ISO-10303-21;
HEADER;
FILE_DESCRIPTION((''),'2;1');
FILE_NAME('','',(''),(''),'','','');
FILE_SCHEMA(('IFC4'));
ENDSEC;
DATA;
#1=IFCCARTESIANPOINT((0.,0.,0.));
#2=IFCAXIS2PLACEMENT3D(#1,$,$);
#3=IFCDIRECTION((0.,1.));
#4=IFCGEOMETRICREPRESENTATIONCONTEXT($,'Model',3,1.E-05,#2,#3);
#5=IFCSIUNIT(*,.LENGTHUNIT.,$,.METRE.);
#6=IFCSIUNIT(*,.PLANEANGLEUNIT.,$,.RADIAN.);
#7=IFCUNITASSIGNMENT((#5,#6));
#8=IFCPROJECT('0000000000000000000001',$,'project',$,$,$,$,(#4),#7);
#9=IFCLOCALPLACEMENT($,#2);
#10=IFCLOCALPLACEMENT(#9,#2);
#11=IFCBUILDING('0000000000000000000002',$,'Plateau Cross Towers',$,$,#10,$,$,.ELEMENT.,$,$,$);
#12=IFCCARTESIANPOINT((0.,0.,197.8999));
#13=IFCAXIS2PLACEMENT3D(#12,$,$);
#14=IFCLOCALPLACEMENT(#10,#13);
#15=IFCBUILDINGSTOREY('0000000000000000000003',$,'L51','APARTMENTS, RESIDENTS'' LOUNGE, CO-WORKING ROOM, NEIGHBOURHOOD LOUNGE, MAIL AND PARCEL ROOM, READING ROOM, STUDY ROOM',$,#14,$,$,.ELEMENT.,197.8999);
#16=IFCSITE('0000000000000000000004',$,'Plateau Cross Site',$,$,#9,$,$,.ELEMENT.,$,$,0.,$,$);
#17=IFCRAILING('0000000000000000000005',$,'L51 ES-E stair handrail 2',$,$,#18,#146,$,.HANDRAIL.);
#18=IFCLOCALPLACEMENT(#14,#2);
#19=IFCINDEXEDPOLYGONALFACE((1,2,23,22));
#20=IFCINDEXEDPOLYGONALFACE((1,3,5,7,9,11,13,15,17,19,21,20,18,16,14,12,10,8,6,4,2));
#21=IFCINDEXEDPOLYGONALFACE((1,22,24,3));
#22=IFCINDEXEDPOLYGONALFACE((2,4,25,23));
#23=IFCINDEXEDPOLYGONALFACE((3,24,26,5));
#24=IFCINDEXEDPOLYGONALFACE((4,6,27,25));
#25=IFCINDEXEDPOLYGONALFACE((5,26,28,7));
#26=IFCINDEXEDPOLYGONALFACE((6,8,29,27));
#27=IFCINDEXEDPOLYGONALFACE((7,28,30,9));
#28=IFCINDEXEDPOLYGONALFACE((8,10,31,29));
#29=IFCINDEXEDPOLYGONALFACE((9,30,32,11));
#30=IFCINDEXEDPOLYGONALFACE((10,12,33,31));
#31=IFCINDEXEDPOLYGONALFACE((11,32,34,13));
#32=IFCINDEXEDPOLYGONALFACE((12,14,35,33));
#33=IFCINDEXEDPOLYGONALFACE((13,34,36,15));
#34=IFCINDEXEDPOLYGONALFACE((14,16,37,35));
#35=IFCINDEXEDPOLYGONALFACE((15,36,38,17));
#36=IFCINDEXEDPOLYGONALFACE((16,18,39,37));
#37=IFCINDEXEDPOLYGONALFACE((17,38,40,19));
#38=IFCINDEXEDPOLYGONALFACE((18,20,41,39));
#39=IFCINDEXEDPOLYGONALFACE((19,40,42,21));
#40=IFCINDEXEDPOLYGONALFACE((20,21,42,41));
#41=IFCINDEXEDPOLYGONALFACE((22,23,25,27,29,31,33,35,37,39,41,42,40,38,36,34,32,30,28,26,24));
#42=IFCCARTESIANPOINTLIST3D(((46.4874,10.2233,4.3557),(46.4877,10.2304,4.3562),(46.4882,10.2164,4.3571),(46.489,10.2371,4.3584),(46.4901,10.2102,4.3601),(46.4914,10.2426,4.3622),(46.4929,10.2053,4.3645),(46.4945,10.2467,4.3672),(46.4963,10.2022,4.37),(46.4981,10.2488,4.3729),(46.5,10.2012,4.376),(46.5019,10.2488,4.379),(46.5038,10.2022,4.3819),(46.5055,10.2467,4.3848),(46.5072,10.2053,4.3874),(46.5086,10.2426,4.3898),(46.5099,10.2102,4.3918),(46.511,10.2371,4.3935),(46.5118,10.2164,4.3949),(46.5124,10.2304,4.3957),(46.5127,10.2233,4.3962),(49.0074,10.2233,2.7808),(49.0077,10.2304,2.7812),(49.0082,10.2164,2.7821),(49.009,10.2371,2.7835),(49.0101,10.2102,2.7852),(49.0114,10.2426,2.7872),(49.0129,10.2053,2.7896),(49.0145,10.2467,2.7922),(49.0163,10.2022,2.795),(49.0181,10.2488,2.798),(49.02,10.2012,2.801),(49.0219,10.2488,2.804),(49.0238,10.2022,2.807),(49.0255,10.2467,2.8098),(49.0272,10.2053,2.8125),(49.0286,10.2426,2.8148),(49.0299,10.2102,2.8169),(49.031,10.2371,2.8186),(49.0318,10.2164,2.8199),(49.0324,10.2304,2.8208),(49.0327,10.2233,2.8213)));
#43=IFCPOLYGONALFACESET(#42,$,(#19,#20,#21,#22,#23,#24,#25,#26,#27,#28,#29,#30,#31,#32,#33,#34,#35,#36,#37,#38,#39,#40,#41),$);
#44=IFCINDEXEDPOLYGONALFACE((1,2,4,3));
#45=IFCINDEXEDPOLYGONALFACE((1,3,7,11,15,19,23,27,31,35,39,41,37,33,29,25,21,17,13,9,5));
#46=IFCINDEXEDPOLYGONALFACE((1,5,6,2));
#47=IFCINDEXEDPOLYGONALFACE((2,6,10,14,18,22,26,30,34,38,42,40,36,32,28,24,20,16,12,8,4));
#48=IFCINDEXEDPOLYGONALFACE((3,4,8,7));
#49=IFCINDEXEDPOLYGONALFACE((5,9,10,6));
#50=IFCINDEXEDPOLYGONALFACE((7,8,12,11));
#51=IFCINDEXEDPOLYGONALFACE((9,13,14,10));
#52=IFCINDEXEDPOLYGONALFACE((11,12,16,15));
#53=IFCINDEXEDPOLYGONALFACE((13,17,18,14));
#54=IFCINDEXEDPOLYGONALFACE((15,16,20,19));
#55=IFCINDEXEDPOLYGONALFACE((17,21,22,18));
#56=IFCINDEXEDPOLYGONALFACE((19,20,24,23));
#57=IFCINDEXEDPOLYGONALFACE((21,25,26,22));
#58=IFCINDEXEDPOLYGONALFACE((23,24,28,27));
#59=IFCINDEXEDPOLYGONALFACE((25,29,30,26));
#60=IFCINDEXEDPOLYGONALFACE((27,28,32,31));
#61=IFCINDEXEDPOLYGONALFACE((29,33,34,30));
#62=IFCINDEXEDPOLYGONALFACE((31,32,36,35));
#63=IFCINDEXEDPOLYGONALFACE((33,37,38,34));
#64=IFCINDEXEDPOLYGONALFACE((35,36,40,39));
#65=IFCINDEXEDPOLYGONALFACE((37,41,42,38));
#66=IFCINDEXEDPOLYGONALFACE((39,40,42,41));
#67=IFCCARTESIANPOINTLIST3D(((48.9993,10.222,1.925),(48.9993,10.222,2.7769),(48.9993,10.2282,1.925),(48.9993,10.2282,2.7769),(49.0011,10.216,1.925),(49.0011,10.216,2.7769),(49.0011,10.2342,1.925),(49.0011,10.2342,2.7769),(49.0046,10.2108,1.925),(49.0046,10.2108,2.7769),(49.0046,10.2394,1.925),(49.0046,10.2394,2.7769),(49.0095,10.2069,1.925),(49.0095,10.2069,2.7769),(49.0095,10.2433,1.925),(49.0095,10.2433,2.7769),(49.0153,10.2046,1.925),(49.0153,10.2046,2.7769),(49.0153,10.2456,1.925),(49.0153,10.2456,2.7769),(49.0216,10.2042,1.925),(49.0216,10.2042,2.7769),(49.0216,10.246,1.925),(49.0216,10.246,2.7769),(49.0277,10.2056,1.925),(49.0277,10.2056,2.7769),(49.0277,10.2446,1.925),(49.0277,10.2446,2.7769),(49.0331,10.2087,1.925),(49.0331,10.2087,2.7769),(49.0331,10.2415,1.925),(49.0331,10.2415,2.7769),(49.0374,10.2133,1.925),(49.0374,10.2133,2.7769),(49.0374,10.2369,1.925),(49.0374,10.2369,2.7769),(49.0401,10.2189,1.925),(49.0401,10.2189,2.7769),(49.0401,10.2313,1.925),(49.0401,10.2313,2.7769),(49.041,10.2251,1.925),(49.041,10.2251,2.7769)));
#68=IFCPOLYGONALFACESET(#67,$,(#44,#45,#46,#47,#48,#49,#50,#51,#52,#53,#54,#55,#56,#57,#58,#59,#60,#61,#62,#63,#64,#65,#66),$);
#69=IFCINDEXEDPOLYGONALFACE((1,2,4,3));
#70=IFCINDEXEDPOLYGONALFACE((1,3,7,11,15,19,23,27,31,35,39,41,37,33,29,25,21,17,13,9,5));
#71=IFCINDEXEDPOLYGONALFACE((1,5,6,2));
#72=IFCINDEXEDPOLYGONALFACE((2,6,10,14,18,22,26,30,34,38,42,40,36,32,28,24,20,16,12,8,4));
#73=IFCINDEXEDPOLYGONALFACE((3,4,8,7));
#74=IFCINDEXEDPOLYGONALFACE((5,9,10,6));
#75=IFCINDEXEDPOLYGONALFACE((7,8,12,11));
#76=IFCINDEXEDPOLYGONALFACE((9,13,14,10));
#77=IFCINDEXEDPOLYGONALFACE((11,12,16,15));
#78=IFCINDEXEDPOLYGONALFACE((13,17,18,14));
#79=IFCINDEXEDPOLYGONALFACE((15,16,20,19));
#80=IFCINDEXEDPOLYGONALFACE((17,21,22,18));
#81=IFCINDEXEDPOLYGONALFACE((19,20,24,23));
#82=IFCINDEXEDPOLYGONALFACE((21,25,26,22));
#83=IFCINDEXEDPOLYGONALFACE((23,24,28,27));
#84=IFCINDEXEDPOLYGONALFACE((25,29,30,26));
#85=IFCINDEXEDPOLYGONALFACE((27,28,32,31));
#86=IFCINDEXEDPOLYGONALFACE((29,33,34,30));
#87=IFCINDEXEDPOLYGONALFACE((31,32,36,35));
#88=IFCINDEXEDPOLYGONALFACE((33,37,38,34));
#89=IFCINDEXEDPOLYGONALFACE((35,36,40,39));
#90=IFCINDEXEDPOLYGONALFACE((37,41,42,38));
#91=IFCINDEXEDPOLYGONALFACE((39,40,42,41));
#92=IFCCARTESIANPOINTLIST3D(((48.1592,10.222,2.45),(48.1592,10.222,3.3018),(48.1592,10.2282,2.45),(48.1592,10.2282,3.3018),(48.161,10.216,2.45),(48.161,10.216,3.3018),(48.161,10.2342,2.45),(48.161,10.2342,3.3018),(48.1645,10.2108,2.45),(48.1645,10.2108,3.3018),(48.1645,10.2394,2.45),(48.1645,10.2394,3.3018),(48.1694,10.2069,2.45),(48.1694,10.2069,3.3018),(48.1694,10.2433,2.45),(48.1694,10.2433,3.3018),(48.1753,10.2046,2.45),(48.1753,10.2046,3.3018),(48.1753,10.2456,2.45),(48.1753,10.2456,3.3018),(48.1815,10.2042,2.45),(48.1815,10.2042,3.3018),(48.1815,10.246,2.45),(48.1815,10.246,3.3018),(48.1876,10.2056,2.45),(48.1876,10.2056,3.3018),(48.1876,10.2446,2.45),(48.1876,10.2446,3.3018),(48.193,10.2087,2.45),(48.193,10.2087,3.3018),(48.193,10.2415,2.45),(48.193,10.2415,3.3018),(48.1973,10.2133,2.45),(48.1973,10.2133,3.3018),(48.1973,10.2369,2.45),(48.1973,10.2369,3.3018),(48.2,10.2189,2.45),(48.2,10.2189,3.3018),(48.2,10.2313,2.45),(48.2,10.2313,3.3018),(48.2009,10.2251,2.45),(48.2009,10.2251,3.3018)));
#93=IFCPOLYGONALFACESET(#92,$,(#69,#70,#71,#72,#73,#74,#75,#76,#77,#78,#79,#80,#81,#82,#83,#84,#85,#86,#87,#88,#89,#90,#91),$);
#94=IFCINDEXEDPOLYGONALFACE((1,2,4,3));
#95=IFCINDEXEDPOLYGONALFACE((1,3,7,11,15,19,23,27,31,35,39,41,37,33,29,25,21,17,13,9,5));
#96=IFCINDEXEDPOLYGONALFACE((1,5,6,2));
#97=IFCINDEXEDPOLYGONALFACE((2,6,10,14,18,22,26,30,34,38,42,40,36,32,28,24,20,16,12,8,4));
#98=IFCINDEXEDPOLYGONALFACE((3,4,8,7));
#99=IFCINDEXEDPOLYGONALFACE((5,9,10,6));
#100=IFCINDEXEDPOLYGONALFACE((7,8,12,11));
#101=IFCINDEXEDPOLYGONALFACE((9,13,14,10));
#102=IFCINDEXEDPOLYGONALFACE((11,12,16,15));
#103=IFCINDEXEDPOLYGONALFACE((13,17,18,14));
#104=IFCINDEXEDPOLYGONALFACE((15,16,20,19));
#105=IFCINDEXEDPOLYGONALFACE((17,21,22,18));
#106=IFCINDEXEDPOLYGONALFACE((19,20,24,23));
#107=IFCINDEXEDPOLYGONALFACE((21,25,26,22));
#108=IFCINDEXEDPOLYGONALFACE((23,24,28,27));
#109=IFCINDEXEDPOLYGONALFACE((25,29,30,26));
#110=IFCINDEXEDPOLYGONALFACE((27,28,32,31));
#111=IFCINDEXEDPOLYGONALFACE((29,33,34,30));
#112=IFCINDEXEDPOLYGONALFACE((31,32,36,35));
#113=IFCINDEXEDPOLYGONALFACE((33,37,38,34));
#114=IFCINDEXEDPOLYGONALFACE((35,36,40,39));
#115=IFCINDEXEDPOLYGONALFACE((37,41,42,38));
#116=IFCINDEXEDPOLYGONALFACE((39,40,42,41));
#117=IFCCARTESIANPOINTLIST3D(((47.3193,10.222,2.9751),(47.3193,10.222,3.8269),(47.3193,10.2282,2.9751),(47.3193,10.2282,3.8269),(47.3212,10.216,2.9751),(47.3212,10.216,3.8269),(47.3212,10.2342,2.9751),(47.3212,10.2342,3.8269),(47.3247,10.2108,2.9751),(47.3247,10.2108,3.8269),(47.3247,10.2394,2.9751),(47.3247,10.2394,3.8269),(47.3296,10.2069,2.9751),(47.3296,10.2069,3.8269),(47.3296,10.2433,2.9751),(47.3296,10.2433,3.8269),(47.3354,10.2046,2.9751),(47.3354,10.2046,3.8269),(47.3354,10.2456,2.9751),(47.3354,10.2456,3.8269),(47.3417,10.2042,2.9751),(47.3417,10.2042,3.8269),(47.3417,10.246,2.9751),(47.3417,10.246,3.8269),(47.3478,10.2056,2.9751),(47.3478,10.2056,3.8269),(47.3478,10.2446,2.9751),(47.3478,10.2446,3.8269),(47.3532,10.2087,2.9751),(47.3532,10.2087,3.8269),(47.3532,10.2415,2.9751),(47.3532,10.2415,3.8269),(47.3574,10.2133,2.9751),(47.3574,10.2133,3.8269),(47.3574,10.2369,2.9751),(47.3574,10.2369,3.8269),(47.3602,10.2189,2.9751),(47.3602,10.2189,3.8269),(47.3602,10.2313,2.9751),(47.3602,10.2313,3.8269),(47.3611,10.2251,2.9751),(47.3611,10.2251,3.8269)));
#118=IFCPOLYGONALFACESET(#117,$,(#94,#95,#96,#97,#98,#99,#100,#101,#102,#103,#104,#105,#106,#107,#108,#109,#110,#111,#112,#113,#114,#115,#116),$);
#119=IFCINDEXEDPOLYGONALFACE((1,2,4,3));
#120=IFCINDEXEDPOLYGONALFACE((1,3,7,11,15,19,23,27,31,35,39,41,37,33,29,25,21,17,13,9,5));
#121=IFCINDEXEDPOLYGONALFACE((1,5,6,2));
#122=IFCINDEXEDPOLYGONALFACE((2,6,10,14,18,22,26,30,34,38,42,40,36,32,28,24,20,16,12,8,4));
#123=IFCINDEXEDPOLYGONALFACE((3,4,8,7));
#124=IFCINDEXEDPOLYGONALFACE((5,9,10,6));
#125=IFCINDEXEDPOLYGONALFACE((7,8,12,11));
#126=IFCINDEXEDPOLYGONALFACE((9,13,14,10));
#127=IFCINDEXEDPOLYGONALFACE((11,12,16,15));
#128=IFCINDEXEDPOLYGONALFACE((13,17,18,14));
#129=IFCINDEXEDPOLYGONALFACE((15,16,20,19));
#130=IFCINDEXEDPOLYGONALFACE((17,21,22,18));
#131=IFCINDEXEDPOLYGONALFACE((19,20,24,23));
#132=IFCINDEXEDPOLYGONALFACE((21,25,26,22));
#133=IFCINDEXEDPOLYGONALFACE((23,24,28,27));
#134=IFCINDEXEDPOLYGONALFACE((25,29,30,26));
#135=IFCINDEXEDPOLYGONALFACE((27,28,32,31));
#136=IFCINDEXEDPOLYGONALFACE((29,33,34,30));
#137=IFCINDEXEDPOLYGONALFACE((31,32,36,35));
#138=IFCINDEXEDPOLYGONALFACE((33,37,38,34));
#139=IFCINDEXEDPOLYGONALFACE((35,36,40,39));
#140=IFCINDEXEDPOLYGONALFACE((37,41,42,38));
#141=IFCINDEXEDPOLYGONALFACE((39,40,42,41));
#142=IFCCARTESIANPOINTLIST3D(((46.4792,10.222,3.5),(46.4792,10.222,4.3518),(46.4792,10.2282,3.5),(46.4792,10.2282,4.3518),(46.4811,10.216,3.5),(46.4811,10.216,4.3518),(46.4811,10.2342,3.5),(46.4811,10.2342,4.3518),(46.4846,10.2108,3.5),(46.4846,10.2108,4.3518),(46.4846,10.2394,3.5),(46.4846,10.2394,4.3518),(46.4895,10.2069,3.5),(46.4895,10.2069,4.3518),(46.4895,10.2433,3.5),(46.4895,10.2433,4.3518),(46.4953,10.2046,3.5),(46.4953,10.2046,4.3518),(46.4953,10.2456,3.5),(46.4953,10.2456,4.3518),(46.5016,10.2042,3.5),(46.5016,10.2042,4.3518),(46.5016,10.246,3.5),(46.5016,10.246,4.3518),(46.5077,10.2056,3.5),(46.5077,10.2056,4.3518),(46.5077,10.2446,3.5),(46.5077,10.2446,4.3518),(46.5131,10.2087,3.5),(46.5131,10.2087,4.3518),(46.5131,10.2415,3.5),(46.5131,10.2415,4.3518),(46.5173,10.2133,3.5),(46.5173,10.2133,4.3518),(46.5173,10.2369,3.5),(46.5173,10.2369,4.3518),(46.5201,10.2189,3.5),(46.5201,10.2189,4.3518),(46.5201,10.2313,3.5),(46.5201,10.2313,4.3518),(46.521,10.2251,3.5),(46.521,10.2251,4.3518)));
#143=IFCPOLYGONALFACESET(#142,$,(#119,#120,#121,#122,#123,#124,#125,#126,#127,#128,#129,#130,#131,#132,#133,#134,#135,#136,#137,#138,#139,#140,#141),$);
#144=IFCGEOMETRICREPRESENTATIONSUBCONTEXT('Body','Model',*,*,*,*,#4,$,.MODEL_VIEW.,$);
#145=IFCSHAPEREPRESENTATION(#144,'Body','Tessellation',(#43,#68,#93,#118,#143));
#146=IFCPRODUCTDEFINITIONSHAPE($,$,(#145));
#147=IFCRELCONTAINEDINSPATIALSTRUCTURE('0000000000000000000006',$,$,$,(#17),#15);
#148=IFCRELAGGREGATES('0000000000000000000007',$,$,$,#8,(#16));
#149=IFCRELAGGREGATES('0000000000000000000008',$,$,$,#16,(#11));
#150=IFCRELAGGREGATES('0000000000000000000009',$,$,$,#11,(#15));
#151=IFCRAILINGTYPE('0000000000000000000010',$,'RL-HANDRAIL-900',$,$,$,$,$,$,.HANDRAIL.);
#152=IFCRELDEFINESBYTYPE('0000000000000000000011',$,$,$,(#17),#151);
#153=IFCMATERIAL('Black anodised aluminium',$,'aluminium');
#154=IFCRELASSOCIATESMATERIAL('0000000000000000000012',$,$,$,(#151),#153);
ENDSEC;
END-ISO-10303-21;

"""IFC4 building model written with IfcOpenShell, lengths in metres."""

from ifc_helpers import new_model, si_unit, direction, frame, origin, origin_2d, place, context, subcontext, project, spatial, circle, extrude, material, type_object, element, save


model = new_model("IFC4")

# Units and contexts
model_context = context("Model", 3, precision=1e-05, world=origin(), true_north=direction((0.0, 1.0)))
body_context = subcontext(model_context, "Body", "Model", "MODEL_VIEW")
ifc_project = project(units=[si_unit("LENGTHUNIT", "METRE"), si_unit("PLANEANGLEUNIT", "RADIAN")], contexts=[model_context])

# Site, building, storey
site_placement = place(None, origin())
site = spatial("IfcSite", under=ifc_project, at=site_placement, Name="Plateau Cross Site", CompositionType="ELEMENT", RefElevation=0.0)
building_placement = place(site_placement, origin())
building = spatial("IfcBuilding", under=site, at=building_placement, Name="Plateau Cross Towers", CompositionType="ELEMENT")
storey_placement = place(building_placement, frame((0.0, 0.0, 197.8999)))
storey = spatial("IfcBuildingStorey", under=building, at=storey_placement, Name="L51", Description="APARTMENTS, RESIDENTS' LOUNGE, CO-WORKING ROOM, NEIGHBOURHOOD LOUNGE, MAIL AND PARCEL ROOM, READING ROOM, STUDY ROOM", CompositionType="ELEMENT", Elevation=197.8999)

# Shared definitions
ifc_material_1 = material(Name="Black anodised aluminium", Category="aluminium")

# Railing
railing_type_1 = type_object("IfcRailingType", Name="RL-HANDRAIL-900", PredefinedType="HANDRAIL", material=ifc_material_1)
railing_1_placement = place(storey_placement, frame((49.02, 10.2251, 1.925)))
element("IfcRailing", 1, at=railing_1_placement, inside=storey, type_object=railing_type_1, Name="L51 ES-E stair handrail 2", PredefinedType="HANDRAIL", context=body_context, shape_type="SweptSolid", body=[
    extrude(circle(Radius=0.0239, at=origin_2d()), frame((0.0, 0.0, 0.876), z_axis=(-0.848008, 0.0, 0.529984), x_axis=(0.0, -1.0, 0.0)), (0.0, 0.0, 1.0), 2.9717),
    extrude(circle(Radius=0.021, at=origin_2d()), origin(), (0.0, 0.0, 1.0), 0.8518),
    extrude(circle(Radius=0.021, at=origin_2d()), frame((-0.8401, 0.0, 0.5249)), (0.0, 0.0, 1.0), 0.8518),
    extrude(circle(Radius=0.021, at=origin_2d()), frame((-1.6799, 0.0, 1.05)), (0.0, 0.0, 1.0), 0.8518),
    extrude(circle(Radius=0.021, at=origin_2d()), frame((-2.52, 0.0, 1.575)), (0.0, 0.0, 1.0), 0.8518),
])

save(model, "model.ifc")
